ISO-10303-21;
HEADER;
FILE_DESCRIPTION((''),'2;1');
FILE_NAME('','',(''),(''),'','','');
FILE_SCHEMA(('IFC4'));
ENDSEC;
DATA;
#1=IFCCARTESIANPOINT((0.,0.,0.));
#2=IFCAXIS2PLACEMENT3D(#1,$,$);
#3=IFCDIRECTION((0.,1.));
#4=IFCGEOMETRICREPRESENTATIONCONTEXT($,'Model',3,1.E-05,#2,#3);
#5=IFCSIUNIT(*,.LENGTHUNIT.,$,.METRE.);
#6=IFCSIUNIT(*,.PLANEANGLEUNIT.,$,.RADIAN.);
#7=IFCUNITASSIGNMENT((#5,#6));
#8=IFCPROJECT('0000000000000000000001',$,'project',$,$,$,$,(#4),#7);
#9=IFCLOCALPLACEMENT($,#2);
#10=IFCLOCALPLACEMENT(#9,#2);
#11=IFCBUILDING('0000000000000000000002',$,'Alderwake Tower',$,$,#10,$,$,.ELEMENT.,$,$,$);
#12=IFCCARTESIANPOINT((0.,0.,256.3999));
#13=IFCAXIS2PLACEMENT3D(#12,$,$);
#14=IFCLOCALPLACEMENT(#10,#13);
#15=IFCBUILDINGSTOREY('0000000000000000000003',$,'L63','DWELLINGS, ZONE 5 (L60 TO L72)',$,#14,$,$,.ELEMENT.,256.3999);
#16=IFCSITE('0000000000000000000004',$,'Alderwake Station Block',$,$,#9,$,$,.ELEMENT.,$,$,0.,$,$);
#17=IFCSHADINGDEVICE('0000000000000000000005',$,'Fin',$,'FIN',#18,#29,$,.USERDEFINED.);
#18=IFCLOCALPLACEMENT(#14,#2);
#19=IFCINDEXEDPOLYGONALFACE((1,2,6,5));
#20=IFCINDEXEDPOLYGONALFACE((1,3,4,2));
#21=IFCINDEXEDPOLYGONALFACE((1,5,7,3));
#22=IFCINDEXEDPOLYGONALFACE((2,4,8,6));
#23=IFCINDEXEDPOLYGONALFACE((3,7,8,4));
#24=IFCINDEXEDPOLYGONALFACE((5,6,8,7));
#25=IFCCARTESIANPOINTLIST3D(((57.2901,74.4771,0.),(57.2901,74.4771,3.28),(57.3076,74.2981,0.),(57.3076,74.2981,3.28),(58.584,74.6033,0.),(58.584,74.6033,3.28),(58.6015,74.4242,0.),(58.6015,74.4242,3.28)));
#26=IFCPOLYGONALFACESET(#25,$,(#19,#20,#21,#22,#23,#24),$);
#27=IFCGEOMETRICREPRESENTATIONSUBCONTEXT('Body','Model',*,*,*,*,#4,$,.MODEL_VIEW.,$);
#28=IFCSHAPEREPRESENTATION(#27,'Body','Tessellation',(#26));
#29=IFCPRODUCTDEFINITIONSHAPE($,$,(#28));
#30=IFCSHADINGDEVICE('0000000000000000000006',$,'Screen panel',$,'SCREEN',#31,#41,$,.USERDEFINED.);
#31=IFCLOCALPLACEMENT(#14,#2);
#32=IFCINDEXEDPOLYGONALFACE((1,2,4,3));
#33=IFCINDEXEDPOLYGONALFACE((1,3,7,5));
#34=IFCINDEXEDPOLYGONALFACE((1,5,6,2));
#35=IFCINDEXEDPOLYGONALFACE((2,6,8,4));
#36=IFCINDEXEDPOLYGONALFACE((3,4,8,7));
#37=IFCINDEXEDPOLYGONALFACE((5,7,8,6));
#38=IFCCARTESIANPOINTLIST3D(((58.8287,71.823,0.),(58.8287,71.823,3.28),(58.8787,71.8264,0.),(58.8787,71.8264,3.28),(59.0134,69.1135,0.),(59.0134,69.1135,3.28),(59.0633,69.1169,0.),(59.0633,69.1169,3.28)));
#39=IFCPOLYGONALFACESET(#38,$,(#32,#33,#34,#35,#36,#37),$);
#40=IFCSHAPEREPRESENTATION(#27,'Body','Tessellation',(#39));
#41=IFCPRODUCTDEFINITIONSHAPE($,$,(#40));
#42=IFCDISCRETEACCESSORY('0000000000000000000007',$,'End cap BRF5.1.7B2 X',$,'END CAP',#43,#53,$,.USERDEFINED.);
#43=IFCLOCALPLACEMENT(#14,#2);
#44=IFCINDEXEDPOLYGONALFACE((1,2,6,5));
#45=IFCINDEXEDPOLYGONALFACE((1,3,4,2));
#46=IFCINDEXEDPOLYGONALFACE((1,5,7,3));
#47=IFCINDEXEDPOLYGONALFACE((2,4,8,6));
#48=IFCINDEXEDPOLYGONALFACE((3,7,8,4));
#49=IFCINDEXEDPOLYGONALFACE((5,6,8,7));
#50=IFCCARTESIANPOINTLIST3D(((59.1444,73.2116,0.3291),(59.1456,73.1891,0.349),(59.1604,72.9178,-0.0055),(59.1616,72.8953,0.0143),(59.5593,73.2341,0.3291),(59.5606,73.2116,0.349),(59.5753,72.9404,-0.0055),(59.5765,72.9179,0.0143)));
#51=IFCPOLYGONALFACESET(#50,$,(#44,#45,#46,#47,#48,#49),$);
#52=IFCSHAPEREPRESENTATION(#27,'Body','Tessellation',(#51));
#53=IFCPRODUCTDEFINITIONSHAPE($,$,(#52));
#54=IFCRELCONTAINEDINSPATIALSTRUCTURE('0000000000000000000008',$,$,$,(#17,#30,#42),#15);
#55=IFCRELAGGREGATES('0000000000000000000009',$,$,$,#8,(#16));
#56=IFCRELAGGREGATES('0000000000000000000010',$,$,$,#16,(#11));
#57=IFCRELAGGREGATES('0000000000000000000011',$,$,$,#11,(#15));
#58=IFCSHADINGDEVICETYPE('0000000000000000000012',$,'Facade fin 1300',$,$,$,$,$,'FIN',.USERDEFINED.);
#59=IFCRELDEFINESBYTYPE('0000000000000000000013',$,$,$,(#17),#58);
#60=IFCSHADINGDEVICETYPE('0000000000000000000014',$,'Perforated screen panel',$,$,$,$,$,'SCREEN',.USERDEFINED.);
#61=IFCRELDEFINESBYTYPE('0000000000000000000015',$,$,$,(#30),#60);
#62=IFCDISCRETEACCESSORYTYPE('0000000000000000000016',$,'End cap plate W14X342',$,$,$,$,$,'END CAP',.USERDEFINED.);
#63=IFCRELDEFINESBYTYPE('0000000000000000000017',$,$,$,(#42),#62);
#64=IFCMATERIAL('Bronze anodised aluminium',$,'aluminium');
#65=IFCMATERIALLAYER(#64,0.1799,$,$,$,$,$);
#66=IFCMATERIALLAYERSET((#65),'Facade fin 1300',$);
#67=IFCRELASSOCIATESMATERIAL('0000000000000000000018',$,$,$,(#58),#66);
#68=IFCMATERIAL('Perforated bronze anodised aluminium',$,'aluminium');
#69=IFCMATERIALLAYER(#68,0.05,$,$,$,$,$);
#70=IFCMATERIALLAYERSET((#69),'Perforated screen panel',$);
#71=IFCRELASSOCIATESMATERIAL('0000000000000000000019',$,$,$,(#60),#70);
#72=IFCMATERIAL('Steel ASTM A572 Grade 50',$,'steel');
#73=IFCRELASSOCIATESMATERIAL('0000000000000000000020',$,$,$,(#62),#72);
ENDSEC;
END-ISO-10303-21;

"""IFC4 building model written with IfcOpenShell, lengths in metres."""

from ifc_helpers import new_model, si_unit, direction, frame, origin, origin_2d, place, context, subcontext, project, spatial, rectangle, extrude, material, layer, layer_set, material_profile, profile_set, type_object, element, save


model = new_model("IFC4")

# Units and contexts
model_context = context("Model", 3, precision=1e-05, world=origin(), true_north=direction((0.0, 1.0)))
body_context = subcontext(model_context, "Body", "Model", "MODEL_VIEW")
ifc_project = project(units=[si_unit("LENGTHUNIT", "METRE"), si_unit("PLANEANGLEUNIT", "RADIAN")], contexts=[model_context])

# Site, building, storey
site_placement = place(None, origin())
site = spatial("IfcSite", under=ifc_project, at=site_placement, Name="Alderwake Station Block", CompositionType="ELEMENT", RefElevation=0.0)
building_placement = place(site_placement, origin())
building = spatial("IfcBuilding", under=site, at=building_placement, Name="Alderwake Tower", CompositionType="ELEMENT")
storey_placement = place(building_placement, frame((0.0, 0.0, 256.3999)))
storey = spatial("IfcBuildingStorey", under=building, at=storey_placement, Name="L63", Description="DWELLINGS, ZONE 5 (L60 TO L72)", CompositionType="ELEMENT", Elevation=256.3999)

# Shading devices
ifc_material_1 = material(Name="Bronze anodised aluminium", Category="aluminium")
ifc_layer_1 = layer(ifc_material_1, 0.1799)
ifc_layer_set_1 = layer_set([ifc_layer_1], Name="Facade fin 1300")
shading_device_type_1 = type_object("IfcShadingDeviceType", Name="Facade fin 1300", ElementType="FIN", PredefinedType="USERDEFINED", material=ifc_layer_set_1)
for number, where, z_axis, x_axis, name in (
    (1, (57.9458, 74.4507, 0.0), (0.0, 0.0, 1.0), (0.99528, 0.097046, 0.0), "Fin"),
):
    element("IfcShadingDevice", number, at=place(storey_placement, frame(where, z_axis=z_axis, x_axis=x_axis)), inside=storey, type_object=shading_device_type_1, Name=name, ObjectType="FIN", PredefinedType="USERDEFINED", context=body_context, shape_type="SweptSolid", body=[
        extrude(rectangle(XDim=1.3, YDim=0.1799, at=origin_2d()), origin(), (0.0, 0.0, 1.0), 3.28),
    ])
ifc_material_2 = material(Name="Perforated bronze anodised aluminium", Category="aluminium")
ifc_layer_2 = layer(ifc_material_2, 0.05)
ifc_layer_set_2 = layer_set([ifc_layer_2], Name="Perforated screen panel")
shading_device_type_2 = type_object("IfcShadingDeviceType", Name="Perforated screen panel", ElementType="SCREEN", PredefinedType="USERDEFINED", material=ifc_layer_set_2)
shading_device_placement = place(storey_placement, frame((58.946, 70.47, 0.0), z_axis=(0.0, 0.0, 1.0), x_axis=(0.997685, 0.067998, 0.0)))
element("IfcShadingDevice", 2, at=shading_device_placement, inside=storey, type_object=shading_device_type_2, Name="Screen panel", ObjectType="SCREEN", PredefinedType="USERDEFINED", context=body_context, shape_type="SweptSolid", body=[
    extrude(rectangle(XDim=0.05, YDim=2.7158, at=origin_2d()), origin(), (0.0, 0.0, 1.0), 3.28),
])

# Discrete accessory
ifc_material_3 = material(Name="Steel ASTM A572 Grade 50", Category="steel")
ifc_material_profile_1 = material_profile(ifc_material_3, rectangle(XDim=0.4155, YDim=0.4456, at=origin_2d()), Name="W14X342 cap")
ifc_profile_set_1 = profile_set([ifc_material_profile_1], Name="Steel ASTM A572 Grade 50")
discrete_accessory_type = type_object("IfcDiscreteAccessoryType", Name="End cap plate W14X342", ElementType="END CAP", PredefinedType="USERDEFINED", material=ifc_profile_set_1)
discrete_accessory_placement = place(storey_placement, frame((59.3611, 73.0535, 0.1816), z_axis=(-0.040757, 0.749928, -0.660263), x_axis=(-0.998526, -0.054268, 0.0)))
element("IfcDiscreteAccessory", 3, at=discrete_accessory_placement, inside=storey, type_object=discrete_accessory_type, Name="End cap BRF5.1.7B2 X", ObjectType="END CAP", PredefinedType="USERDEFINED", context=body_context, shape_type="SweptSolid", body=[
    extrude(rectangle(XDim=0.4155, YDim=0.4456, at=origin_2d()), origin(), (0.0, 0.0, 1.0), 0.03),
])

save(model, "model.ifc")
